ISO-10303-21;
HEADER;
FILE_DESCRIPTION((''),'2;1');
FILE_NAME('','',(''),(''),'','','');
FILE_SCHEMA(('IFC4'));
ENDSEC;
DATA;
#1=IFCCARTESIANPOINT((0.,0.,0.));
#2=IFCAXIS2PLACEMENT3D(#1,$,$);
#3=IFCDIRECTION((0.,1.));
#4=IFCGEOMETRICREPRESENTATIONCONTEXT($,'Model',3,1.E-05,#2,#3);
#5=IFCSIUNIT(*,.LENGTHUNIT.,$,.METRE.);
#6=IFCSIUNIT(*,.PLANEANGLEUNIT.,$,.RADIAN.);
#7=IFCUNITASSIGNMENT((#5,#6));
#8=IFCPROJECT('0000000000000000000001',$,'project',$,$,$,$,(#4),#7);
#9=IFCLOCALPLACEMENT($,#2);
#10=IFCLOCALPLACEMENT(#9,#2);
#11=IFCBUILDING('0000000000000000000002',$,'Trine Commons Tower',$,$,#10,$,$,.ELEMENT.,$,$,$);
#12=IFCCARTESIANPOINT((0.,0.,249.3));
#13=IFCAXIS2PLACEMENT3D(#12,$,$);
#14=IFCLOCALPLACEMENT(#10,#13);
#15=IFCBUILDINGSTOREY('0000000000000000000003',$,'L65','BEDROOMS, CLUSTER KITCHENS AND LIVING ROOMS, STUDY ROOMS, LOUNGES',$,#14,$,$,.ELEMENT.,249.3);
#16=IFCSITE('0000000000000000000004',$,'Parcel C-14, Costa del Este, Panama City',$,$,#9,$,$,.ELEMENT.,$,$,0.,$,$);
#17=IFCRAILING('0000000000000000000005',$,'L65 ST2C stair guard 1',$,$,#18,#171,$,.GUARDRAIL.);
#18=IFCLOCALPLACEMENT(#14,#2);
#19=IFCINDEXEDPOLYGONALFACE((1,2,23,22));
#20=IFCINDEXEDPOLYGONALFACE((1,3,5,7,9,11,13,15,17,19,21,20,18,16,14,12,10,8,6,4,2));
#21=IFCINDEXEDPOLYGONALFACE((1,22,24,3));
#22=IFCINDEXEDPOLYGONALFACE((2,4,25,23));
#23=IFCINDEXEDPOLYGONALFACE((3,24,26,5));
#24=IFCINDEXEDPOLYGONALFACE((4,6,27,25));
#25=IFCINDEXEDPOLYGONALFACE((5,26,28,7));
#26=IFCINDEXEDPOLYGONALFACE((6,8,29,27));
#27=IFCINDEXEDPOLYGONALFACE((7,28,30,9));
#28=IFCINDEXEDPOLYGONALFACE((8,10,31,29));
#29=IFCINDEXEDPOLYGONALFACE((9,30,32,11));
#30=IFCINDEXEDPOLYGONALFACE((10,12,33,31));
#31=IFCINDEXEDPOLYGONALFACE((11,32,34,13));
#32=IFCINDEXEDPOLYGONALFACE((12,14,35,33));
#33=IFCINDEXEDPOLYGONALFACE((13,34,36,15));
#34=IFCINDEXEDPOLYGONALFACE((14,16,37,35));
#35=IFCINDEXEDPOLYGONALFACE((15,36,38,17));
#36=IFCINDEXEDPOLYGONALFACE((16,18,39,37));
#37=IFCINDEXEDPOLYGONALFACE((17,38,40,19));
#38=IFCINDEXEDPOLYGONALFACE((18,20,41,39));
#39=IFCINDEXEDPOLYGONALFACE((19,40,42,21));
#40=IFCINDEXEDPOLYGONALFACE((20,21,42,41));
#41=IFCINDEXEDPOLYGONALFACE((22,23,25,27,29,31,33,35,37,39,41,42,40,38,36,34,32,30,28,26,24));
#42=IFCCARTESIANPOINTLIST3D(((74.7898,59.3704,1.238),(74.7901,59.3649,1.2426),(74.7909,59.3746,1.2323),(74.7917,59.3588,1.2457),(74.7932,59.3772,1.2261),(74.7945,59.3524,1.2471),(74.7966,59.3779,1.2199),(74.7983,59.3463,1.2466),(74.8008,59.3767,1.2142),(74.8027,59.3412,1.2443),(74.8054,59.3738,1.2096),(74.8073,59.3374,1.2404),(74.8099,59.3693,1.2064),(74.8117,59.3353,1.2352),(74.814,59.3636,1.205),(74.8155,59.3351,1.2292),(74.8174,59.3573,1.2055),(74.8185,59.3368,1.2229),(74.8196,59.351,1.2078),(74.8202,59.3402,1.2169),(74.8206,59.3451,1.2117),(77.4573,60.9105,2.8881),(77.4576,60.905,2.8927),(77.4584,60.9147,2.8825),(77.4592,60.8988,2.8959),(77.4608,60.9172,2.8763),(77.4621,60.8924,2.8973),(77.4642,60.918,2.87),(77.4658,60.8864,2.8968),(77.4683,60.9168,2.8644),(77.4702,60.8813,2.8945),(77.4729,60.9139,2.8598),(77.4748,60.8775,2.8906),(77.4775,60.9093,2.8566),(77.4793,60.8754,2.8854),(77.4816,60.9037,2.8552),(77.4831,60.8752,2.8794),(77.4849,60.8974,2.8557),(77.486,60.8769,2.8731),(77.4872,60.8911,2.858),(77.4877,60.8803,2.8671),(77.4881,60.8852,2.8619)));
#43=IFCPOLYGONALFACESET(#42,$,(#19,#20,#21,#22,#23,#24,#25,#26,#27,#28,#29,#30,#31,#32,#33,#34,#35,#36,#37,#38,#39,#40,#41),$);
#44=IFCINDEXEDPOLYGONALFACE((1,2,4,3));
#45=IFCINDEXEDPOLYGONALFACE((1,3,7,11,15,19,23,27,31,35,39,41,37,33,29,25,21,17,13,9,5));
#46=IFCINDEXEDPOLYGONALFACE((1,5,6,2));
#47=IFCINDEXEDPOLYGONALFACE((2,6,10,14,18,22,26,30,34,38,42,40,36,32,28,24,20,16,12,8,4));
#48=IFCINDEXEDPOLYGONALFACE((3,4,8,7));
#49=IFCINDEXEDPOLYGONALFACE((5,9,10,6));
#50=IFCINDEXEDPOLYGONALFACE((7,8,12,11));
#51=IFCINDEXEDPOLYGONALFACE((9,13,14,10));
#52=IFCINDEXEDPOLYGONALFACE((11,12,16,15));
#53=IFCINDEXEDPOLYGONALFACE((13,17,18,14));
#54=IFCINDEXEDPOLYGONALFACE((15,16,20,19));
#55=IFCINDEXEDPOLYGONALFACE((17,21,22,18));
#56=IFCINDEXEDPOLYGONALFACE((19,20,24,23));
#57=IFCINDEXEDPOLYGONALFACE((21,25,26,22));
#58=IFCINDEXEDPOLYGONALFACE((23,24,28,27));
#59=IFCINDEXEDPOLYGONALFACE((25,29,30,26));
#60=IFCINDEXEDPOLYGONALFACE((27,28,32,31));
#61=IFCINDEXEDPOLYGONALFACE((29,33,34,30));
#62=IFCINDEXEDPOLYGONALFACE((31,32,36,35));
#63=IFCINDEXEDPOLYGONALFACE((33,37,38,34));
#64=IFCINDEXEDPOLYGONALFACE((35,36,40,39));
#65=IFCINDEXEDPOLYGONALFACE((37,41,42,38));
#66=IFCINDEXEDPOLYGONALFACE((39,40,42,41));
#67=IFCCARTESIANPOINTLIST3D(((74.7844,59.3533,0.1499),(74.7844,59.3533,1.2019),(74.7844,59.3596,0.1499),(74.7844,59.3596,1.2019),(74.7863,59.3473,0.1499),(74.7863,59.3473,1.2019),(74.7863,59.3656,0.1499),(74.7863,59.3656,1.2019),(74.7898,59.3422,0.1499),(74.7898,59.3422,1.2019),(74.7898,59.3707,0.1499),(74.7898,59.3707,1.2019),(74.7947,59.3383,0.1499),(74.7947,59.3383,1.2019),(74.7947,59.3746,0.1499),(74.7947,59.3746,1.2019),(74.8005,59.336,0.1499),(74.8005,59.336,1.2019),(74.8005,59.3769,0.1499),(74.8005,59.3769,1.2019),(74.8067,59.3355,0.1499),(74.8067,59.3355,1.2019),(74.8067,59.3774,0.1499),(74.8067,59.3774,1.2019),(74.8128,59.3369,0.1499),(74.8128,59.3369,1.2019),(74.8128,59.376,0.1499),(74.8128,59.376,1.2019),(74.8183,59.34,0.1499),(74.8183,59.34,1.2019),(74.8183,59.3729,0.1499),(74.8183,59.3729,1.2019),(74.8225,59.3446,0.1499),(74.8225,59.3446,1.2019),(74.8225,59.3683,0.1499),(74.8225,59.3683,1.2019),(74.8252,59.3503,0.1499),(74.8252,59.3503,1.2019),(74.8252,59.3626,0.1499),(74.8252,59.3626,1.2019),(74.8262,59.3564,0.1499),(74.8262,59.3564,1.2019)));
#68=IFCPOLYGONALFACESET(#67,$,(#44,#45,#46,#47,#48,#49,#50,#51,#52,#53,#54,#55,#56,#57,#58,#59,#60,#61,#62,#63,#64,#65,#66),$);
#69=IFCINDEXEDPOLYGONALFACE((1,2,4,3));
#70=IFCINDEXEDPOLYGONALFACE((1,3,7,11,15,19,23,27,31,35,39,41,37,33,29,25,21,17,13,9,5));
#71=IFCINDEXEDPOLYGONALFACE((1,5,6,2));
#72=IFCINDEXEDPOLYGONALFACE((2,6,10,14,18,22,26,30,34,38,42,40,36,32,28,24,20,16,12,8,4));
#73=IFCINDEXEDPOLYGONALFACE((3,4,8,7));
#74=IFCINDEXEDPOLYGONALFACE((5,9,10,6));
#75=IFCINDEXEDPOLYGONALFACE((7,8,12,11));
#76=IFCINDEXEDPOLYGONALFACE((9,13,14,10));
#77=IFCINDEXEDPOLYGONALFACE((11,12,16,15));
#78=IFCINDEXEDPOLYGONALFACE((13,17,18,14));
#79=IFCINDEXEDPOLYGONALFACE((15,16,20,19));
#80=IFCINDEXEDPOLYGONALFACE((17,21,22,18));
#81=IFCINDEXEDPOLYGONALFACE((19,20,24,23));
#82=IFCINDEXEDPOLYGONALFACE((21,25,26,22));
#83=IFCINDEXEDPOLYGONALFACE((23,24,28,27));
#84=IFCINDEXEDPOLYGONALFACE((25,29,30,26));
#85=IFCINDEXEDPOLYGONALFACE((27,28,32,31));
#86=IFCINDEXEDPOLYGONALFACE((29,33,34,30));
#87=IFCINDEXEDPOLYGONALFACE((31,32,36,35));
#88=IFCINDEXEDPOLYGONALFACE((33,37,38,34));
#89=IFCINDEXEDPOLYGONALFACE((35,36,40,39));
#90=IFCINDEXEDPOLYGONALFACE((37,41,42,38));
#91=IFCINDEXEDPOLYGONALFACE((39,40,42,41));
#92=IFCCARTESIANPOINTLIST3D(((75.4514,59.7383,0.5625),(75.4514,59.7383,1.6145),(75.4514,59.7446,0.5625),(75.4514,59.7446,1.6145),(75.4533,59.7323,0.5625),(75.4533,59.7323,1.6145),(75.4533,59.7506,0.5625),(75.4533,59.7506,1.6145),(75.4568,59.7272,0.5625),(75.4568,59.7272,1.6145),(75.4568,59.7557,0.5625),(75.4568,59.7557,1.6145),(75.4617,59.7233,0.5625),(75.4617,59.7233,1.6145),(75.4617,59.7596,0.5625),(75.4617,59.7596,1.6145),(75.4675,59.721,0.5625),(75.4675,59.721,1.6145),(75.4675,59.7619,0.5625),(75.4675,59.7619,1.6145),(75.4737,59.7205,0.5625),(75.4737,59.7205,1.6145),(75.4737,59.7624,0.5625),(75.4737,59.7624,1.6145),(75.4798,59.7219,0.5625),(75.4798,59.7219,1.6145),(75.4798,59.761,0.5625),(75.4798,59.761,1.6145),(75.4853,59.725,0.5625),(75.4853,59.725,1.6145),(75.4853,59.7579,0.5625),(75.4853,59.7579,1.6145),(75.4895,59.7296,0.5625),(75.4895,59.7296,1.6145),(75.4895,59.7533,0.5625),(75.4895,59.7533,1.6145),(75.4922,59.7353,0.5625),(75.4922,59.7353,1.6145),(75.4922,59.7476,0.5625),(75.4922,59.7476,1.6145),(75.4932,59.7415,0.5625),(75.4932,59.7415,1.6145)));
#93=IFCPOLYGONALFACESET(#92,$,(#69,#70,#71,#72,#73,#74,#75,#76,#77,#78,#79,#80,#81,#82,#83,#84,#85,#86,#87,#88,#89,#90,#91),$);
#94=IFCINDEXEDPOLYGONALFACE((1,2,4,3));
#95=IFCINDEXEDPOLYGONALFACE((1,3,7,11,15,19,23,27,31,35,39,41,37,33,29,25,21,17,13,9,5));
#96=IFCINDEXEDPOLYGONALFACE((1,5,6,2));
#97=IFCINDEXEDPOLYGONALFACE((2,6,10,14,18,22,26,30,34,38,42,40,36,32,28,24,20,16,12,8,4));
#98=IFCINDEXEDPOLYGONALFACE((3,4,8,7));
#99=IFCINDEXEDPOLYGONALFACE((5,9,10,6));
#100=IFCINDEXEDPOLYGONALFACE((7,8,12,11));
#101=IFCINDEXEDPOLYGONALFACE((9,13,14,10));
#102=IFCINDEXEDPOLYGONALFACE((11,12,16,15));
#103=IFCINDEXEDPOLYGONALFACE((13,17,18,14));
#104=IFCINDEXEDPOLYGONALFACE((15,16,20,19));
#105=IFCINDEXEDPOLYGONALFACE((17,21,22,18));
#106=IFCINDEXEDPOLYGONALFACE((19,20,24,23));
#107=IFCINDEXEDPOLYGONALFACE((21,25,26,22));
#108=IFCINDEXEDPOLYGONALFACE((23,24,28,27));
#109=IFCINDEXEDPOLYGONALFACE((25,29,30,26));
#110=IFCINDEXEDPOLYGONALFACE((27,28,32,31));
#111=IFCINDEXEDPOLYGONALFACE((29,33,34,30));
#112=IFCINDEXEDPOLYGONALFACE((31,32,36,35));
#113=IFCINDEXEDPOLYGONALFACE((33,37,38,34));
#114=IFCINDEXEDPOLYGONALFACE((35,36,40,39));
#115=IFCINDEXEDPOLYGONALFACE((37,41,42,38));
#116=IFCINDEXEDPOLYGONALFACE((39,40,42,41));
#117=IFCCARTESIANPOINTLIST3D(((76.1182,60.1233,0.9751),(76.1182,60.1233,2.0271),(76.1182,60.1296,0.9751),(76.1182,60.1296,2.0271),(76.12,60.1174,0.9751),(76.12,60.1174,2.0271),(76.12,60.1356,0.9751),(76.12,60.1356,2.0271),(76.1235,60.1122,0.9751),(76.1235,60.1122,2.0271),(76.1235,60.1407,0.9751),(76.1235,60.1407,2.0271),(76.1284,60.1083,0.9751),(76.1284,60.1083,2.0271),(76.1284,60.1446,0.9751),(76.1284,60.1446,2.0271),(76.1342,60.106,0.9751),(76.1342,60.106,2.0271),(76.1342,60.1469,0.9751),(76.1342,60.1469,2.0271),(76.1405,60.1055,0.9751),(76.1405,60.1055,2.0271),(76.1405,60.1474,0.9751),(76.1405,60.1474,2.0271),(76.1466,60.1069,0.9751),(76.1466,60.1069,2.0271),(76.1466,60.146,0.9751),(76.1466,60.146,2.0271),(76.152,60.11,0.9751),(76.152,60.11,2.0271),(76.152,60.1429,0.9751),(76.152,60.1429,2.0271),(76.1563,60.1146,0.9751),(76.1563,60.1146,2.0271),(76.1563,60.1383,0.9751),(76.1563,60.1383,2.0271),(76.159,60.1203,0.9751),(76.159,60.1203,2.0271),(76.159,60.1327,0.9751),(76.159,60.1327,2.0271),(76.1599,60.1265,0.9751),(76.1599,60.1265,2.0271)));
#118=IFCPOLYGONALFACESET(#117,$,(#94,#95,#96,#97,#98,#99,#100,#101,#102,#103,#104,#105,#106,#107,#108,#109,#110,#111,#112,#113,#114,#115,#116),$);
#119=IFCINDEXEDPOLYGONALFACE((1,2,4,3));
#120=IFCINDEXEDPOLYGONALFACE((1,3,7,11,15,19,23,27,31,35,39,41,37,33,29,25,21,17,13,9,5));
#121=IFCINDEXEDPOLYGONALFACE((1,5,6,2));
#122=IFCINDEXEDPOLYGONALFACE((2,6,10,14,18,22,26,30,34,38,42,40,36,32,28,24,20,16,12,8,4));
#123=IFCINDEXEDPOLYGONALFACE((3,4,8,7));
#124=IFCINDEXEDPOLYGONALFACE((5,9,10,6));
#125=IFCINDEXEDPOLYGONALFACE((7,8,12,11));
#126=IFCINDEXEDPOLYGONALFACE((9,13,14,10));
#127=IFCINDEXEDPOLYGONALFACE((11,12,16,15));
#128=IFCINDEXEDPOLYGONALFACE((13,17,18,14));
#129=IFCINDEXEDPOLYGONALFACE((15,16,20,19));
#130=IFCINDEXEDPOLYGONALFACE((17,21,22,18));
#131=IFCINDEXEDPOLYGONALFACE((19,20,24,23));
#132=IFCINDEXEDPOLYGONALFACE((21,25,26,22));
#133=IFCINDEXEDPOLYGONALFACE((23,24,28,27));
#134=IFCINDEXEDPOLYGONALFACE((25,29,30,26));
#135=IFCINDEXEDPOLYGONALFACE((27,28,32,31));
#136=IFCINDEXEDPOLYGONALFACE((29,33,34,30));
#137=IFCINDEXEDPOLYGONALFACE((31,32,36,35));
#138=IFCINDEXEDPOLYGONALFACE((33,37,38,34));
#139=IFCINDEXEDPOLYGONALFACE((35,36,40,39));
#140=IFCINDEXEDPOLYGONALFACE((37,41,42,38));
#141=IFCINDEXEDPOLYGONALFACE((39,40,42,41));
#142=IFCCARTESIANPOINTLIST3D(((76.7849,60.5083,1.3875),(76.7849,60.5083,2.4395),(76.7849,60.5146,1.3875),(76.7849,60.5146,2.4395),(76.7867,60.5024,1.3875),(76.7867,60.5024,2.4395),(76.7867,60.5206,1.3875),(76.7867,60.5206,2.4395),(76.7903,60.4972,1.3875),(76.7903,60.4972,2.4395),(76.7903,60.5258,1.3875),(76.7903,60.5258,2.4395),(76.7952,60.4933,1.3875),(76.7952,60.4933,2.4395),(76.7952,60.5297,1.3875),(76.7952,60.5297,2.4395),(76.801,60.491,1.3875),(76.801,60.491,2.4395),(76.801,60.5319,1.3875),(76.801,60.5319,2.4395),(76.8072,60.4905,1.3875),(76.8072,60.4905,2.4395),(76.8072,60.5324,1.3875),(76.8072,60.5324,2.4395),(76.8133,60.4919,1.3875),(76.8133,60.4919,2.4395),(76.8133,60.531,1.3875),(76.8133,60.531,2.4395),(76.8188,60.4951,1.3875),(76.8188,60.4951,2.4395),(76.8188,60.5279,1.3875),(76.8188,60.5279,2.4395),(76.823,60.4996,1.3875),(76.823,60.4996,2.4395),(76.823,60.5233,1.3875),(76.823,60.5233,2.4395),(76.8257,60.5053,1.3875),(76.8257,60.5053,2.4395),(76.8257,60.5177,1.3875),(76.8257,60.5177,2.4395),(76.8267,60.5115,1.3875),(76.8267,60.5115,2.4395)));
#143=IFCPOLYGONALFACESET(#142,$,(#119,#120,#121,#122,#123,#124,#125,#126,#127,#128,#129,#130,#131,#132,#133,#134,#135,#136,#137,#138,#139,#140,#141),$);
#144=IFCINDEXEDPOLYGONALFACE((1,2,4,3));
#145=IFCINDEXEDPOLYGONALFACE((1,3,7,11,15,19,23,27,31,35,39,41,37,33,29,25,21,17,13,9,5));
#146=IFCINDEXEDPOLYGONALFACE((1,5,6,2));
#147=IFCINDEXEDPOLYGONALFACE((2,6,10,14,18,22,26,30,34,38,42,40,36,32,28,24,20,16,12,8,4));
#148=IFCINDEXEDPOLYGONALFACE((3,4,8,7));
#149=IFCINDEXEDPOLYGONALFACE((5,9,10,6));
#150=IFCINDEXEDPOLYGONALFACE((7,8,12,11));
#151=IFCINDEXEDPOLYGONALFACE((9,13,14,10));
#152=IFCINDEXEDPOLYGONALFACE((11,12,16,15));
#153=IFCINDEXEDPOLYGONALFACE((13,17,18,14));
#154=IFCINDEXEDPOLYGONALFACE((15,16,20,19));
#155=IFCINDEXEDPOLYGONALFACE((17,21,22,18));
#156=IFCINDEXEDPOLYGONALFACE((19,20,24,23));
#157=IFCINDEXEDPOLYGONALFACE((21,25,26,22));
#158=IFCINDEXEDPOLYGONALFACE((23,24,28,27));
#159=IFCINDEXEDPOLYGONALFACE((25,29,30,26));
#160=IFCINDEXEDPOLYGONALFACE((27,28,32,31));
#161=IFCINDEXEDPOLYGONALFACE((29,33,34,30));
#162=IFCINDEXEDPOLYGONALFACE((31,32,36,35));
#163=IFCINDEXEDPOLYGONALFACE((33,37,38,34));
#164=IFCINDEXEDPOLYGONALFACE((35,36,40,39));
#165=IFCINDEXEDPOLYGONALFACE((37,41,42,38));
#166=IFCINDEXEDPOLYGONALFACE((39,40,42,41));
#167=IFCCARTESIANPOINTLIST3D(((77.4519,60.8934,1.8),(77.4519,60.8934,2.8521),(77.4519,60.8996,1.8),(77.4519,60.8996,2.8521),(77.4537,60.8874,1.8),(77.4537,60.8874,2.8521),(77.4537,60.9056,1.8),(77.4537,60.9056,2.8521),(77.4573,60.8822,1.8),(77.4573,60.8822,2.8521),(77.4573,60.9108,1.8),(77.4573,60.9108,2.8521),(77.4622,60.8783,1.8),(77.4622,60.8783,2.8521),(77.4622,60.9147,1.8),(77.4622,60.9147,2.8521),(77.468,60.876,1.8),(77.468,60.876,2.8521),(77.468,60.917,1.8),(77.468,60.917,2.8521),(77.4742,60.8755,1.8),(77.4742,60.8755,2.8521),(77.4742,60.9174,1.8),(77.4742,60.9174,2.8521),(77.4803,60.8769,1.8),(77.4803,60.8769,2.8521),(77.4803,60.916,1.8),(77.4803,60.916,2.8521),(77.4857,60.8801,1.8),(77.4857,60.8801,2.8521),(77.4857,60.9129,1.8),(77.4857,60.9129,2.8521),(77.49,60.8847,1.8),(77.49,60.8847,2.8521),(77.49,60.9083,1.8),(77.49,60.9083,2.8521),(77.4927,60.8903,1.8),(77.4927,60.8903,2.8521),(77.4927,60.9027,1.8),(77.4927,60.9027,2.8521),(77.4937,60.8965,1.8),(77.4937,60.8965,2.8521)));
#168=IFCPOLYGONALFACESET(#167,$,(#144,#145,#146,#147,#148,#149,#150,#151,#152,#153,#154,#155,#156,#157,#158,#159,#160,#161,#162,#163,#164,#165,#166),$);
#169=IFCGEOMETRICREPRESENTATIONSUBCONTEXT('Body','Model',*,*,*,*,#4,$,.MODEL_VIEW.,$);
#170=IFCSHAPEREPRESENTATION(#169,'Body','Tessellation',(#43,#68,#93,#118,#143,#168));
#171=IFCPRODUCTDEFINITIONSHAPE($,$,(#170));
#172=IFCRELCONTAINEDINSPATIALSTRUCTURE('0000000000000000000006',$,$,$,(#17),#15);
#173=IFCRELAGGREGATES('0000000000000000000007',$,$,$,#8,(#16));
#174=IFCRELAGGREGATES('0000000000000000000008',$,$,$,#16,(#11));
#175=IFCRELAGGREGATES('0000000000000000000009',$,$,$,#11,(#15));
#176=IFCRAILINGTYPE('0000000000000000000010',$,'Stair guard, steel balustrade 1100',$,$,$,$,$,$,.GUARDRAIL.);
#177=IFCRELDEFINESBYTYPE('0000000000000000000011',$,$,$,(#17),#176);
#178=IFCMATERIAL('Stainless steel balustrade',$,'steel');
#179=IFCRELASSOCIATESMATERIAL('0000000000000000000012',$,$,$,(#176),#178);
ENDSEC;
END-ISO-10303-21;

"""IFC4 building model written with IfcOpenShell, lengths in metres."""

from ifc_helpers import new_model, si_unit, direction, frame, origin, origin_2d, place, context, subcontext, project, spatial, circle, extrude, material, type_object, element, save


model = new_model("IFC4")

# Units and contexts
model_context = context("Model", 3, precision=1e-05, world=origin(), true_north=direction((0.0, 1.0)))
body_context = subcontext(model_context, "Body", "Model", "MODEL_VIEW")
ifc_project = project(units=[si_unit("LENGTHUNIT", "METRE"), si_unit("PLANEANGLEUNIT", "RADIAN")], contexts=[model_context])

# Site, building, storey
site_placement = place(None, origin())
site = spatial("IfcSite", under=ifc_project, at=site_placement, Name="Parcel C-14, Costa del Este, Panama City", CompositionType="ELEMENT", RefElevation=0.0)
building_placement = place(site_placement, origin())
building = spatial("IfcBuilding", under=site, at=building_placement, Name="Trine Commons Tower", CompositionType="ELEMENT")
storey_placement = place(building_placement, frame((0.0, 0.0, 249.3)))
storey = spatial("IfcBuildingStorey", under=building, at=storey_placement, Name="L65", Description="BEDROOMS, CLUSTER KITCHENS AND LIVING ROOMS, STUDY ROOMS, LOUNGES", CompositionType="ELEMENT", Elevation=249.3)

# Railing
ifc_material_1 = material(Name="Stainless steel balustrade", Category="steel")
railing_type_1 = type_object("IfcRailingType", Name="Stair guard, steel balustrade 1100", PredefinedType="GUARDRAIL", material=ifc_material_1)
railing_1_placement = place(storey_placement, frame((74.8052, 59.3564, 0.1499)))
element("IfcRailing", 1, at=railing_1_placement, inside=storey, type_object=railing_type_1, Name="L65 ST2C stair guard 1", PredefinedType="GUARDRAIL", context=body_context, shape_type="SweptSolid", body=[
    extrude(circle(Radius=0.0239, at=origin_2d()), frame((0.0, 0.0, 1.0762), z_axis=(0.76338, 0.440728, 0.472239), x_axis=(-0.499992, 0.86603, 0.0)), (0.0, 0.0, 1.0), 3.4944),
    extrude(circle(Radius=0.021, at=origin_2d()), origin(), (0.0, 0.0, 1.0), 1.052),
    extrude(circle(Radius=0.021, at=origin_2d()), frame((0.667, 0.385, 0.4126)), (0.0, 0.0, 1.0), 1.052),
    extrude(circle(Radius=0.021, at=origin_2d()), frame((1.3337, 0.77, 0.8252)), (0.0, 0.0, 1.0), 1.052),
    extrude(circle(Radius=0.021, at=origin_2d()), frame((2.0005, 1.155, 1.2375)), (0.0, 0.0, 1.0), 1.052),
    extrude(circle(Radius=0.021, at=origin_2d()), frame((2.6675, 1.54, 1.6501)), (0.0, 0.0, 1.0), 1.052),
])

save(model, "model.ifc")
